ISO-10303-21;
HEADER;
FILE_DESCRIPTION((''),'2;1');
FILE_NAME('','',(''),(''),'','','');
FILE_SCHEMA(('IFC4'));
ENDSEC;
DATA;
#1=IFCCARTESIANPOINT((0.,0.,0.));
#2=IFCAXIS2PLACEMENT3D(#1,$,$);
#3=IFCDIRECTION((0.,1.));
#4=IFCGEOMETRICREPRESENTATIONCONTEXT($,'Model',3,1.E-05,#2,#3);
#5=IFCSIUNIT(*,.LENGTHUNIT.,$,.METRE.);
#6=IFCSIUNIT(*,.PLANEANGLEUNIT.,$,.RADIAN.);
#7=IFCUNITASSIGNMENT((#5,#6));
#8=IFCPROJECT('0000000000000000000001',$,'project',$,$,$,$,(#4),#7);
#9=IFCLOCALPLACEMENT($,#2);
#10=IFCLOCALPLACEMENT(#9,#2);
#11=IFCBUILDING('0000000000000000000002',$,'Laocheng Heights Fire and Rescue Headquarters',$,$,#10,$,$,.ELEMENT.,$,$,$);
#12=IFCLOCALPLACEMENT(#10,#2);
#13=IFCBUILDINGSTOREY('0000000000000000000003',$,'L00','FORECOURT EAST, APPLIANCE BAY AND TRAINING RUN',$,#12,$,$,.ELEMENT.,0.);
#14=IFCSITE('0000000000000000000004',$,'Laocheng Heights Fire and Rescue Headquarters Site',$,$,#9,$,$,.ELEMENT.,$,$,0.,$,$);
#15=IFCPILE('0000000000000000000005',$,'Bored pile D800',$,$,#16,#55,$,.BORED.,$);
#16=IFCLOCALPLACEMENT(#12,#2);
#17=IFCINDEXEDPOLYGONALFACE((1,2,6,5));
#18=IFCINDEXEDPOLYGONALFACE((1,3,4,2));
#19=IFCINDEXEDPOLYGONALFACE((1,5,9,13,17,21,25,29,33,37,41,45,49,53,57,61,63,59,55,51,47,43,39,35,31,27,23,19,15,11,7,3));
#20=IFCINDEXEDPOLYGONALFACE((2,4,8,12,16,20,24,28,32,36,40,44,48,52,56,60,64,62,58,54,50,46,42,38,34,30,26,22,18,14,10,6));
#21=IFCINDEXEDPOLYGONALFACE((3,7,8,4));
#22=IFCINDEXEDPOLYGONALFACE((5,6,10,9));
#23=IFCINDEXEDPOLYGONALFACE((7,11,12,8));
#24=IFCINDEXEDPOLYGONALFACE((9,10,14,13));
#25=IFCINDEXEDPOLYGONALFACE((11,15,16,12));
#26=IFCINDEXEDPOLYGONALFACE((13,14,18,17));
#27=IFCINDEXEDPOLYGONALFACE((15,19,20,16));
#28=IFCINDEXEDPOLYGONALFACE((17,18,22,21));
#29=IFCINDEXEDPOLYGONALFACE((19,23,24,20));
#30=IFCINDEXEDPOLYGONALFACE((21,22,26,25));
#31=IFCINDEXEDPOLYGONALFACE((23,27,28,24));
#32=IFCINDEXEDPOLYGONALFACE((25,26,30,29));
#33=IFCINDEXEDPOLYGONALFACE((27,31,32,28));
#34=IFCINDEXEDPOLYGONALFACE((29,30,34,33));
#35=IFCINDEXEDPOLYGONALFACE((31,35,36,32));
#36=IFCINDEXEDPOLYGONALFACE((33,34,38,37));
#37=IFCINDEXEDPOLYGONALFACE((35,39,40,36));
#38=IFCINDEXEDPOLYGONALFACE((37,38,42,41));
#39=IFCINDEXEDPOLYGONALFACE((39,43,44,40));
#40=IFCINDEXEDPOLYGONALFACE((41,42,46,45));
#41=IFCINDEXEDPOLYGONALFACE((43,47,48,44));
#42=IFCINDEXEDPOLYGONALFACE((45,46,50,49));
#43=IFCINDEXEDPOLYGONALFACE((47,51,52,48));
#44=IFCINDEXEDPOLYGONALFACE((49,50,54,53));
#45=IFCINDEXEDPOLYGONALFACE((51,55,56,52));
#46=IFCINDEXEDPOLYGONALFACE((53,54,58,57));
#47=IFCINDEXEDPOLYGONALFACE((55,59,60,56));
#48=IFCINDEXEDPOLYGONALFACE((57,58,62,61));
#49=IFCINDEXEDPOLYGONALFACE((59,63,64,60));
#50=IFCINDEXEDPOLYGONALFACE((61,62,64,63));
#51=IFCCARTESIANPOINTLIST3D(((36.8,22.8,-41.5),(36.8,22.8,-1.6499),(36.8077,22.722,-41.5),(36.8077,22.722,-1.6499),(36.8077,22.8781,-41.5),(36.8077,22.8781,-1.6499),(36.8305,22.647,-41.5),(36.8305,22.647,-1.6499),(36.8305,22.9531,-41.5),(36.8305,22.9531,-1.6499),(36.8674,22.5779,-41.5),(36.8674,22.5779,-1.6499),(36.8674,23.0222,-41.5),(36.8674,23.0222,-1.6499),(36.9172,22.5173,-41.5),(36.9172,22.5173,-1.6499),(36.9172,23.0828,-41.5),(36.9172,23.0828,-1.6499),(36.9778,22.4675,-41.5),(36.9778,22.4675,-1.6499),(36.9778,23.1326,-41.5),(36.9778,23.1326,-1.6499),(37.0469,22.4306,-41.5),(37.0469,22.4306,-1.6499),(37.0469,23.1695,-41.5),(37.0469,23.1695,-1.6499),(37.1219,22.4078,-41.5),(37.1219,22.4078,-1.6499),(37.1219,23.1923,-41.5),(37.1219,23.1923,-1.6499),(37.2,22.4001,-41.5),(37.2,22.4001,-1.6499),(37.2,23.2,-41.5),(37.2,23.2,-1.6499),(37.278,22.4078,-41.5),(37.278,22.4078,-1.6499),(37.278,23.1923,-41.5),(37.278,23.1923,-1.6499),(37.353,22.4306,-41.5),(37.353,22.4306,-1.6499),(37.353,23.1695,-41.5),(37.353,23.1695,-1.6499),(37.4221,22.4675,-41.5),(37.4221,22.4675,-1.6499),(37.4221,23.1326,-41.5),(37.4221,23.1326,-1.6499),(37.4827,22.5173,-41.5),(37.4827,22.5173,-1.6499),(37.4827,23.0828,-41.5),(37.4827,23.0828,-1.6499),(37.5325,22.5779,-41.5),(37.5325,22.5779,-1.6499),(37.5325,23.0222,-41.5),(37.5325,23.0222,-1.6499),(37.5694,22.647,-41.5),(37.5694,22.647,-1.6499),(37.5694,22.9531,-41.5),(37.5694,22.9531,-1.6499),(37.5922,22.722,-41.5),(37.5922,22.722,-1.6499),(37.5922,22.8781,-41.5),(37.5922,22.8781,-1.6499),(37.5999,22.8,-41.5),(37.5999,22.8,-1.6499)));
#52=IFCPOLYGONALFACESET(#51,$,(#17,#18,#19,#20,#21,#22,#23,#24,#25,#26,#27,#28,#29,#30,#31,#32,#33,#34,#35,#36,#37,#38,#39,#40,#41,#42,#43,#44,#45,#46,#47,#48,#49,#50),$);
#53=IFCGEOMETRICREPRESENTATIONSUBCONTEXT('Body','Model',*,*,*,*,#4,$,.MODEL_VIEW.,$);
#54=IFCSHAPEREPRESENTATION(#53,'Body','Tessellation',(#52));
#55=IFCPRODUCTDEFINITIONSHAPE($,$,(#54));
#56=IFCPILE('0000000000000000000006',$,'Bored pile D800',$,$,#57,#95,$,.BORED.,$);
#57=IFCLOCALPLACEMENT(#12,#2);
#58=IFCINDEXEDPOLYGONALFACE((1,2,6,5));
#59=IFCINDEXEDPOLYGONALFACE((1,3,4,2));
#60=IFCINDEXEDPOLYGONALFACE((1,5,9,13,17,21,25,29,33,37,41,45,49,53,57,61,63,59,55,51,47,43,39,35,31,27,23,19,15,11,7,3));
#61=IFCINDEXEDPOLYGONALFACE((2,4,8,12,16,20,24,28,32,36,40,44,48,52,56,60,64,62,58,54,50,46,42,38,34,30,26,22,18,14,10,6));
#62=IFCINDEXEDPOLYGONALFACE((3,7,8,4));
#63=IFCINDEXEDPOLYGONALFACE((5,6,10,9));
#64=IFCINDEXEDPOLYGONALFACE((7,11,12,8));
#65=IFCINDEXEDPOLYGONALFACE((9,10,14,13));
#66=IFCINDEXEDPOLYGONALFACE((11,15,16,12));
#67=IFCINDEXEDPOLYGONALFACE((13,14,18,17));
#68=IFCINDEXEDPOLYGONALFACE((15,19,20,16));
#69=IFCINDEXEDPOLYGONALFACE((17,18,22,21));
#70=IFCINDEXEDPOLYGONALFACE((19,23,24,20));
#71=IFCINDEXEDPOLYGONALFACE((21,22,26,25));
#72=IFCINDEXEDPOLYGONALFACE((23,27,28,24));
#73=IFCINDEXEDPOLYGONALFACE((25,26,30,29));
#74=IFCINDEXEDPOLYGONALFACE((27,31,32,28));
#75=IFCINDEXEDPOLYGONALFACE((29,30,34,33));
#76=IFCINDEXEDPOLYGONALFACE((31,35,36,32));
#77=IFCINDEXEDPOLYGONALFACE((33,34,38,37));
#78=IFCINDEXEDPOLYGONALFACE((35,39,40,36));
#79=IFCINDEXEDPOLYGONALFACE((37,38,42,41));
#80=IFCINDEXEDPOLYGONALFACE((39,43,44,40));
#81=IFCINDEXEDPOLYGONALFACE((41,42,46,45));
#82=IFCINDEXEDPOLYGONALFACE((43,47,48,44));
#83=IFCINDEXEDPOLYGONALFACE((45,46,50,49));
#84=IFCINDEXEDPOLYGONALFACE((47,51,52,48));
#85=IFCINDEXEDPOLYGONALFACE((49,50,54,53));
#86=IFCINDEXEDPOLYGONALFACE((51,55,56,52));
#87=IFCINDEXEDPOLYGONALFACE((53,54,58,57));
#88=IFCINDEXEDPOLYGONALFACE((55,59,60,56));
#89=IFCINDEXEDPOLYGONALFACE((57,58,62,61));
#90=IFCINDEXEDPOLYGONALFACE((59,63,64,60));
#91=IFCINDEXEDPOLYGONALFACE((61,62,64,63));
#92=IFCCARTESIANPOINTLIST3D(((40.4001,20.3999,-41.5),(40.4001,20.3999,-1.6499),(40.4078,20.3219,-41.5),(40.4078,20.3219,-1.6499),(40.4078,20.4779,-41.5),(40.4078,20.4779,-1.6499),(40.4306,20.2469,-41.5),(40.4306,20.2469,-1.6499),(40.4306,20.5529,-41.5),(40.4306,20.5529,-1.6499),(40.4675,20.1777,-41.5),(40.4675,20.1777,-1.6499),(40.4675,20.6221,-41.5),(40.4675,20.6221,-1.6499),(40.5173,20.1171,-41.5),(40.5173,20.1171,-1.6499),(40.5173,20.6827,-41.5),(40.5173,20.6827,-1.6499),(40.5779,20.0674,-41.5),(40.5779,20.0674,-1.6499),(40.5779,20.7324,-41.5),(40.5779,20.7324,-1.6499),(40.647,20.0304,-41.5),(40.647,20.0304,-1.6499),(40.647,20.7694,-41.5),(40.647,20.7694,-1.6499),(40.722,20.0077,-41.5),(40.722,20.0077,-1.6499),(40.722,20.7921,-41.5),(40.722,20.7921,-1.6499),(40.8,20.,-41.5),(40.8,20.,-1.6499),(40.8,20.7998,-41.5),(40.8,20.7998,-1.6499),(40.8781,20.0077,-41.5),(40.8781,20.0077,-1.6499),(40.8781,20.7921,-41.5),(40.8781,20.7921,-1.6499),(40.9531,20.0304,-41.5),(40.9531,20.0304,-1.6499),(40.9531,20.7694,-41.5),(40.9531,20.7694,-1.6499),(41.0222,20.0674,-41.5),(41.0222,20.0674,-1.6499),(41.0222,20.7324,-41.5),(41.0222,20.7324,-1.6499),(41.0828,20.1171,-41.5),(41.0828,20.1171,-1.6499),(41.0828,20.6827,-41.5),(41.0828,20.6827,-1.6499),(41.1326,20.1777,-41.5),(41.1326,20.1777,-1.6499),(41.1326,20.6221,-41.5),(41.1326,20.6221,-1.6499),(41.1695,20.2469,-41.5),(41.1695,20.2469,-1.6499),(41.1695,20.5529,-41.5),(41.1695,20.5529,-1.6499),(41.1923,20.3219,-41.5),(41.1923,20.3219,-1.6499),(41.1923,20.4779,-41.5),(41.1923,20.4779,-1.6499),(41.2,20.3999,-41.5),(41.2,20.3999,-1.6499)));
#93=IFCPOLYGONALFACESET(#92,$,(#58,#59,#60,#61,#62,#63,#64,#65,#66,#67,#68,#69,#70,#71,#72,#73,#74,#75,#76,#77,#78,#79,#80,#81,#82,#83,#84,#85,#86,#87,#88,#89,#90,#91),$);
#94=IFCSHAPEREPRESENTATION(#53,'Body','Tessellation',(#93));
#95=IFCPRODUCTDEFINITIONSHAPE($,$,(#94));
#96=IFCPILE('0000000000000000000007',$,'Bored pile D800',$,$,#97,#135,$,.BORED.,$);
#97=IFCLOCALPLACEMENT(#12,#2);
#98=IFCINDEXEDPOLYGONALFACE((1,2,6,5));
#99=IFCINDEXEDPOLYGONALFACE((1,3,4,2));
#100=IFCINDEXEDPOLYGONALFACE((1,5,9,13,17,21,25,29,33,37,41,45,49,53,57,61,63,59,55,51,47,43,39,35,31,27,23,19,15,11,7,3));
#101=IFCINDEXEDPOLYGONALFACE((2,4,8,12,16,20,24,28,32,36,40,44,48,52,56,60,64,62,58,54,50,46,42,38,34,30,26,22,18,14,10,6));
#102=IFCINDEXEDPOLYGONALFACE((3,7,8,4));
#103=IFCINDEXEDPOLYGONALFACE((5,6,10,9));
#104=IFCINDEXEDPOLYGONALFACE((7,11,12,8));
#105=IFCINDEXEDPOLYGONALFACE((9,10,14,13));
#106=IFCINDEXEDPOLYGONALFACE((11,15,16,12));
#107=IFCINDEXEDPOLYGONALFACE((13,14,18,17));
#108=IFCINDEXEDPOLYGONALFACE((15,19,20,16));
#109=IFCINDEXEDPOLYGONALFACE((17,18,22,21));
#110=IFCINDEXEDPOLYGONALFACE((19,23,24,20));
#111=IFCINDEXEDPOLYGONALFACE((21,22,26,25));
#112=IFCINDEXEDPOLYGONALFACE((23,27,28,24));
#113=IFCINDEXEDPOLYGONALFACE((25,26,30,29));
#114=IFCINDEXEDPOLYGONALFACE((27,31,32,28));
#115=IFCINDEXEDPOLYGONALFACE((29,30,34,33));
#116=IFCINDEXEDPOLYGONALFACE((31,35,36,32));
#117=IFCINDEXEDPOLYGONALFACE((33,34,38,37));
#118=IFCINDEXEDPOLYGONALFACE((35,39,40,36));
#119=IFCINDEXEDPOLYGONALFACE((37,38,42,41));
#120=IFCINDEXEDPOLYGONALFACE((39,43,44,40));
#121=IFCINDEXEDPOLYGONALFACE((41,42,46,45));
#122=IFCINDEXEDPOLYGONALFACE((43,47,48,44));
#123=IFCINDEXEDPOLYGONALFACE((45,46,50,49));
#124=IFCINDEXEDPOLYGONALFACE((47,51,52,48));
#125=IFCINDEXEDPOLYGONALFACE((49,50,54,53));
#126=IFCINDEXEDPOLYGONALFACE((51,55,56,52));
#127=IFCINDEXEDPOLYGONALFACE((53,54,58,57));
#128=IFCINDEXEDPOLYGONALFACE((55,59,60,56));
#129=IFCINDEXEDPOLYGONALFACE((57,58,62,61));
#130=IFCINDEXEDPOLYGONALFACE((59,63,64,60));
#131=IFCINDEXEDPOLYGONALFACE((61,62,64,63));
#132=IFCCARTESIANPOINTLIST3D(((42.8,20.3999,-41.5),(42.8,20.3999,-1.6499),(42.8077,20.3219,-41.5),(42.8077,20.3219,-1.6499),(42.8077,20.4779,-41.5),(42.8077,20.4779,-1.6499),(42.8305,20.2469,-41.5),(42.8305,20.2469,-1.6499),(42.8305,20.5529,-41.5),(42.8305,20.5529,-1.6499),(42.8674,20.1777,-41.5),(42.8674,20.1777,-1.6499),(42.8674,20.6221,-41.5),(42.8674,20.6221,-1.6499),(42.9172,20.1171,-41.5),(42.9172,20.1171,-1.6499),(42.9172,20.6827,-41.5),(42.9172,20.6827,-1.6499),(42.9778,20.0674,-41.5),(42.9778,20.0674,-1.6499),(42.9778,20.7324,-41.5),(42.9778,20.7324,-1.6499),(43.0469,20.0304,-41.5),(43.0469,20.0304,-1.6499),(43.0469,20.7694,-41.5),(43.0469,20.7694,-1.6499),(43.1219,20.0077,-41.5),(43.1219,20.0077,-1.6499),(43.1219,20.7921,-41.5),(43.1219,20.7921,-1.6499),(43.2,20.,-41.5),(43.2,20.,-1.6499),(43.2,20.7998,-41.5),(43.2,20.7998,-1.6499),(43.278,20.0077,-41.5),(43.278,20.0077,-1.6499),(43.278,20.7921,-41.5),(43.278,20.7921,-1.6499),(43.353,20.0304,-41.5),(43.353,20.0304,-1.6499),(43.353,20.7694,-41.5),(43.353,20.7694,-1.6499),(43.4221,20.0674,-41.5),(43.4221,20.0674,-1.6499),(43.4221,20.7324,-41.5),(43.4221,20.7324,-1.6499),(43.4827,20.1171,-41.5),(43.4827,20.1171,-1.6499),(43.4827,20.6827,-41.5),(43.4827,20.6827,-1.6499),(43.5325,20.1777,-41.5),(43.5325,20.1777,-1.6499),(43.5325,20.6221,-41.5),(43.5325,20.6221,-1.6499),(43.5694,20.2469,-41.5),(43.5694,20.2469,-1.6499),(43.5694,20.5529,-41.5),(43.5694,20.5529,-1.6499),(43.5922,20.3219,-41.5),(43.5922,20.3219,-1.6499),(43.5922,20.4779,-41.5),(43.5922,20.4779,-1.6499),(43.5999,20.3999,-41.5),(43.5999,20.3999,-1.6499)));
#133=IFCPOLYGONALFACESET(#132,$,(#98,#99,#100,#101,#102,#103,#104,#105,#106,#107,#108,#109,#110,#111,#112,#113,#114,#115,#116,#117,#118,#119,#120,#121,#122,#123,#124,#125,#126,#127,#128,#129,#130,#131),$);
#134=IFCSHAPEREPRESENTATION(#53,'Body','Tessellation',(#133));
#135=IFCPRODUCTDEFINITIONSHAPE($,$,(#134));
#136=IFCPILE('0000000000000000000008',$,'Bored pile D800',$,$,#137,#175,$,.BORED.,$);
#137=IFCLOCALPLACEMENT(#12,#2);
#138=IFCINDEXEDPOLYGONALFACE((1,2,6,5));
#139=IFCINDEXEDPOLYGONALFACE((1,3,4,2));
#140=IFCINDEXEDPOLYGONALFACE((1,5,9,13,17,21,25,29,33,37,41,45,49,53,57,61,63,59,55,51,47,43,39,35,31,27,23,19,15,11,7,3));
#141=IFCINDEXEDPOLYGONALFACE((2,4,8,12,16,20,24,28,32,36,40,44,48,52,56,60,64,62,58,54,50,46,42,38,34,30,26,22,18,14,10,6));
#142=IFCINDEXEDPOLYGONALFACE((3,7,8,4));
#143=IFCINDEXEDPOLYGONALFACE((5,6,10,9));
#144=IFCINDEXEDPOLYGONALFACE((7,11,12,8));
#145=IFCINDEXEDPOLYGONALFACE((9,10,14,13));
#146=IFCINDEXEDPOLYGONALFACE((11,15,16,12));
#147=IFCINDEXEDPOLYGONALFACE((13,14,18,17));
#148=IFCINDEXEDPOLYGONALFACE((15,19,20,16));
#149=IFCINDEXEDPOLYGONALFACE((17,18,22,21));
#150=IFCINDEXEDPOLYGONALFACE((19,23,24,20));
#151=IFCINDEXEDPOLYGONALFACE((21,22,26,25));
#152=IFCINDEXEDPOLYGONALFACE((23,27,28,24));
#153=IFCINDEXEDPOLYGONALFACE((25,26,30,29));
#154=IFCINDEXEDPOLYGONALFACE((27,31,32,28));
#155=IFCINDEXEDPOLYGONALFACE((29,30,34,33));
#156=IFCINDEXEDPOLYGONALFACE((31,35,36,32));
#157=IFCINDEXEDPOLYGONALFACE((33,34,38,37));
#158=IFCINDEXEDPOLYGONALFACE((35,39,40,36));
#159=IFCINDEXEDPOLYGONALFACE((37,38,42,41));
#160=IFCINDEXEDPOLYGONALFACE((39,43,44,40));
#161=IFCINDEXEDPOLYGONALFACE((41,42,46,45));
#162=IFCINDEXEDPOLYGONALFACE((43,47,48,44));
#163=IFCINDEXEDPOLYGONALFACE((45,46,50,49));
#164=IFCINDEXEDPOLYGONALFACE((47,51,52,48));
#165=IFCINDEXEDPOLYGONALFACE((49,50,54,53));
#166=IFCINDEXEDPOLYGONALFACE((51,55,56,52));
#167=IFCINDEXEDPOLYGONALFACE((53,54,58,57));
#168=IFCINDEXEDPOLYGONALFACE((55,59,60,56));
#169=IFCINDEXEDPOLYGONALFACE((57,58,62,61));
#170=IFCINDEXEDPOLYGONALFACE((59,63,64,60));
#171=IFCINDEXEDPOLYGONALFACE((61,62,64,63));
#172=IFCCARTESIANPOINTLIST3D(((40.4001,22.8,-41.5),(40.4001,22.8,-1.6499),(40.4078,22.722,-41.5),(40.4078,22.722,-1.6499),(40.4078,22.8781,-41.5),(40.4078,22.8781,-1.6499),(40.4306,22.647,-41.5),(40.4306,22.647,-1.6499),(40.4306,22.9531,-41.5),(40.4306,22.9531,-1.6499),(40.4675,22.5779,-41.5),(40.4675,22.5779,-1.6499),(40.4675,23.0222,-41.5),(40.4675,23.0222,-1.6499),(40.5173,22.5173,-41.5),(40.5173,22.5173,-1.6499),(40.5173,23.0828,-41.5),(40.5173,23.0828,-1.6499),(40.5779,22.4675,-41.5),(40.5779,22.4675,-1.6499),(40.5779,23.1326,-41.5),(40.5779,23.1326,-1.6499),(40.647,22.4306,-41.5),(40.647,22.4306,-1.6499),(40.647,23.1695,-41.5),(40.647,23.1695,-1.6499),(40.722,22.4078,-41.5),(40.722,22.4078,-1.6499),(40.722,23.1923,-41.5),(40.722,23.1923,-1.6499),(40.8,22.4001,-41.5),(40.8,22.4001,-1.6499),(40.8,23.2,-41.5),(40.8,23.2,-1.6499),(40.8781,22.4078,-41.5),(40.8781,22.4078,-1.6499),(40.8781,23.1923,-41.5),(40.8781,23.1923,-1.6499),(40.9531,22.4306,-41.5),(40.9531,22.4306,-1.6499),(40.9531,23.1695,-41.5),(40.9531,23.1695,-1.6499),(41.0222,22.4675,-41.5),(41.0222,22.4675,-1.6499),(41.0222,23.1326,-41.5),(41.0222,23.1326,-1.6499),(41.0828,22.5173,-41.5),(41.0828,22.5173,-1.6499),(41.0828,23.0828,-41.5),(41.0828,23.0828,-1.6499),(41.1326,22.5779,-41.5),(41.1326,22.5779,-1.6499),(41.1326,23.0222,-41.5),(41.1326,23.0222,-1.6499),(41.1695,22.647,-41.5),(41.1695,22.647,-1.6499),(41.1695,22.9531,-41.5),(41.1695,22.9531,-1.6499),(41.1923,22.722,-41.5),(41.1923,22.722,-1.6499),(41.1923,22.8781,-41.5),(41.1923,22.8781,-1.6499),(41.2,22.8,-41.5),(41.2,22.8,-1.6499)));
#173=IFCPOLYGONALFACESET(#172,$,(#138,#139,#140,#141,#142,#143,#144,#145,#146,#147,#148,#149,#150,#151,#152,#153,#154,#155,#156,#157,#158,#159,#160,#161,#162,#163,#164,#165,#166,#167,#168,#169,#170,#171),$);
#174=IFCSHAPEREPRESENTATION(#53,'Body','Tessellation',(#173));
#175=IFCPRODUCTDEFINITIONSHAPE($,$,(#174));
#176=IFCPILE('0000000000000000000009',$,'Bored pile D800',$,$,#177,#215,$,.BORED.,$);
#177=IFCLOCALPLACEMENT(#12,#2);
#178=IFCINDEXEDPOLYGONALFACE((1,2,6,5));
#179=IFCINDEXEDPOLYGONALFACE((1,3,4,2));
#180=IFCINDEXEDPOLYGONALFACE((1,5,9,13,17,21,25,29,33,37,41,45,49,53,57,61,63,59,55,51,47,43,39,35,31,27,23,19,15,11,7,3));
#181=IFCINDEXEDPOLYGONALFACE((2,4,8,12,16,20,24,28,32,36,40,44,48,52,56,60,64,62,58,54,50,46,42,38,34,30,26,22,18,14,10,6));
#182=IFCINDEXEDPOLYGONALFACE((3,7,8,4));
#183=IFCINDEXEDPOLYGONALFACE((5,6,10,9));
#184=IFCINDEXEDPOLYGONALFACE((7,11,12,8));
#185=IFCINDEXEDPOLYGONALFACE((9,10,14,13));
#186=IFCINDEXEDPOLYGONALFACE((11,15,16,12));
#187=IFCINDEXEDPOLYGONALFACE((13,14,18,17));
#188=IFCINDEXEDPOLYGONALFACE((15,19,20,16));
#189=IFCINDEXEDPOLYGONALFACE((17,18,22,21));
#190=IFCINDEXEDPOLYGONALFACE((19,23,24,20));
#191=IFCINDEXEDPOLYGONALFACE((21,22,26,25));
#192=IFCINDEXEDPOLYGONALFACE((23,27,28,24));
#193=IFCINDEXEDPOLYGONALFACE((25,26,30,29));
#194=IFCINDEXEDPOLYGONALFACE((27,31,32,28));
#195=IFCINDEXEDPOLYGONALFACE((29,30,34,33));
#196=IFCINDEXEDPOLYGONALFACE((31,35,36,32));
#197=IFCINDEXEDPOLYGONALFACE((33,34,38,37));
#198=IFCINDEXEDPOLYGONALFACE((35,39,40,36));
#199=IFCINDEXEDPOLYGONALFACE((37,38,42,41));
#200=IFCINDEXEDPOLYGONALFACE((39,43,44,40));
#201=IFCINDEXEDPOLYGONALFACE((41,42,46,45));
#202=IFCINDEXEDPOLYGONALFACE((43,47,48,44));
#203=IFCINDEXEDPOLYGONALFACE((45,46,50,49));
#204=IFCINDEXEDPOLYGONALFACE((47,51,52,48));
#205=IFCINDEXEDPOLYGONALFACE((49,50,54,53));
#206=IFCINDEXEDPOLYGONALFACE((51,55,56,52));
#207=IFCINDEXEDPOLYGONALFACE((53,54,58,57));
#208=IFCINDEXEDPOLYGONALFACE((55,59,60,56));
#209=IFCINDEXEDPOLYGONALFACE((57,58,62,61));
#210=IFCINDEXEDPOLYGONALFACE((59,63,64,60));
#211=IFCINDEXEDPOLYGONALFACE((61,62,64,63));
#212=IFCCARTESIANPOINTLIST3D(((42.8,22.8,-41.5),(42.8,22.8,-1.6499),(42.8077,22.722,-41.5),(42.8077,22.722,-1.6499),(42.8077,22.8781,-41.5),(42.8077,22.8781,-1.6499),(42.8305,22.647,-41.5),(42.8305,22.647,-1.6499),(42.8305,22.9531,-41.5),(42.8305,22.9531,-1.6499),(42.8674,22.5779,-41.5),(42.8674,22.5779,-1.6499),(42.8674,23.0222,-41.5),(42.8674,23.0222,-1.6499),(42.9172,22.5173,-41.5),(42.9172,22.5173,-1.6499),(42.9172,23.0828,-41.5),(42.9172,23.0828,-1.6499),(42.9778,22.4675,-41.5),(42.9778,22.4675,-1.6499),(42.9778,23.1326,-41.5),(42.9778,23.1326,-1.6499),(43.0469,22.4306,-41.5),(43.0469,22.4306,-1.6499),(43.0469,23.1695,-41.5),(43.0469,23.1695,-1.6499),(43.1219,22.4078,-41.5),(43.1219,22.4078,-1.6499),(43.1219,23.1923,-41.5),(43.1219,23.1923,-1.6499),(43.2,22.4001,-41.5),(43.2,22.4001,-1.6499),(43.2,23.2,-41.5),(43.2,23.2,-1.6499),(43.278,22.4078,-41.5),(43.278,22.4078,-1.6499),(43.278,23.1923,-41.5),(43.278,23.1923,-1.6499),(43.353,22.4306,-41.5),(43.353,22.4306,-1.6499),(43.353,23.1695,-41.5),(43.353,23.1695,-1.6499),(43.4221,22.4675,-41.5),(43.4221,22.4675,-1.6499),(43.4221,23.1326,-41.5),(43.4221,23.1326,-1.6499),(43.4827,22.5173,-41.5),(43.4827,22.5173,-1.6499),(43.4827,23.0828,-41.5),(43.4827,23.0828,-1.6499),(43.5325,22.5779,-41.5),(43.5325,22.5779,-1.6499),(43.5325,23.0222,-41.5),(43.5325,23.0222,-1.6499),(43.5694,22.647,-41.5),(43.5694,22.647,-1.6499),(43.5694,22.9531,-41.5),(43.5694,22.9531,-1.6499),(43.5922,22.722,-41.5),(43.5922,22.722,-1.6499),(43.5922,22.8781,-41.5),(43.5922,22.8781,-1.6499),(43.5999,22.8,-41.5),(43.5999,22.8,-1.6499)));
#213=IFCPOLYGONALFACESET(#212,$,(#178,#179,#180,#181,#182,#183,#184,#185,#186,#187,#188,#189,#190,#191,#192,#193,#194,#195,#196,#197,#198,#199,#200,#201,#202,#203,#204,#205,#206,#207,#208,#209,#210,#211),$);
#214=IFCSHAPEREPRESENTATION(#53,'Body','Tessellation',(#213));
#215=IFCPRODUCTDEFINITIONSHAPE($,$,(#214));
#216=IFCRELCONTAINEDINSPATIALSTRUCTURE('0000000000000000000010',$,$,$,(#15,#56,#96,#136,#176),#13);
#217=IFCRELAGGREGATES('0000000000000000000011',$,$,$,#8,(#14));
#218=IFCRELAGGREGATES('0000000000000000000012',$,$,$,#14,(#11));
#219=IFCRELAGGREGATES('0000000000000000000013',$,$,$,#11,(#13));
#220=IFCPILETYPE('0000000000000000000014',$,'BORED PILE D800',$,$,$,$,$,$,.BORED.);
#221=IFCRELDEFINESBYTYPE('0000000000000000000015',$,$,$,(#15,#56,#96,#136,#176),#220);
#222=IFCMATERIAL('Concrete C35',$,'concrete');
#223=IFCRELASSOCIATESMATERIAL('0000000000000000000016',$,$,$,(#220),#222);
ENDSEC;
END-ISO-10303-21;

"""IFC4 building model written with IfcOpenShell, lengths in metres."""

from ifc_helpers import new_model, si_unit, direction, frame, origin, origin_2d, place, context, subcontext, project, spatial, circle, extrude, material, material_profile, profile_set, type_object, element, save


model = new_model("IFC4")

# Units and contexts
model_context = context("Model", 3, precision=1e-05, world=origin(), true_north=direction((0.0, 1.0)))
body_context = subcontext(model_context, "Body", "Model", "MODEL_VIEW")
ifc_project = project(units=[si_unit("LENGTHUNIT", "METRE"), si_unit("PLANEANGLEUNIT", "RADIAN")], contexts=[model_context])

# Site, building, storey
site_placement = place(None, origin())
site = spatial("IfcSite", under=ifc_project, at=site_placement, Name="Laocheng Heights Fire and Rescue Headquarters Site", CompositionType="ELEMENT", RefElevation=0.0)
building_placement = place(site_placement, origin())
building = spatial("IfcBuilding", under=site, at=building_placement, Name="Laocheng Heights Fire and Rescue Headquarters", CompositionType="ELEMENT")
storey_placement = place(building_placement, origin())
storey = spatial("IfcBuildingStorey", under=building, at=storey_placement, Name="L00", Description="FORECOURT EAST, APPLIANCE BAY AND TRAINING RUN", CompositionType="ELEMENT", Elevation=0.0)

# Piles
ifc_material_1 = material(Name="Concrete C35", Category="concrete")
ifc_material_profile_1 = material_profile(ifc_material_1, circle(Radius=0.3999, at=origin_2d()), Name="BORED PILE D800")
ifc_profile_set_1 = profile_set([ifc_material_profile_1], Name="Concrete C35")
pile_type = type_object("IfcPileType", Name="BORED PILE D800", PredefinedType="BORED", material=ifc_profile_set_1)
for number, where, z_axis, x_axis, name in (
    (1, (37.2, 22.8, -1.6499), (0.0, 0.0, -1.0), (1.0, 0.0, 0.0), "Bored pile D800"),
    (2, (40.8, 20.3999, -1.6499), (0.0, 0.0, -1.0), (1.0, 0.0, 0.0), "Bored pile D800"),
    (3, (43.2, 20.3999, -1.6499), (0.0, 0.0, -1.0), (1.0, 0.0, 0.0), "Bored pile D800"),
    (4, (40.8, 22.8, -1.6499), (0.0, 0.0, -1.0), (1.0, 0.0, 0.0), "Bored pile D800"),
    (5, (43.2, 22.8, -1.6499), (0.0, 0.0, -1.0), (1.0, 0.0, 0.0), "Bored pile D800"),
):
    element("IfcPile", number, at=place(storey_placement, frame(where, z_axis=z_axis, x_axis=x_axis)), inside=storey, type_object=pile_type, Name=name, PredefinedType="BORED", context=body_context, shape_type="SweptSolid", body=[
        extrude(circle(Radius=0.3999, at=origin_2d()), origin(), (0.0, 0.0, 1.0), 39.8501),
    ])

save(model, "model.ifc")
